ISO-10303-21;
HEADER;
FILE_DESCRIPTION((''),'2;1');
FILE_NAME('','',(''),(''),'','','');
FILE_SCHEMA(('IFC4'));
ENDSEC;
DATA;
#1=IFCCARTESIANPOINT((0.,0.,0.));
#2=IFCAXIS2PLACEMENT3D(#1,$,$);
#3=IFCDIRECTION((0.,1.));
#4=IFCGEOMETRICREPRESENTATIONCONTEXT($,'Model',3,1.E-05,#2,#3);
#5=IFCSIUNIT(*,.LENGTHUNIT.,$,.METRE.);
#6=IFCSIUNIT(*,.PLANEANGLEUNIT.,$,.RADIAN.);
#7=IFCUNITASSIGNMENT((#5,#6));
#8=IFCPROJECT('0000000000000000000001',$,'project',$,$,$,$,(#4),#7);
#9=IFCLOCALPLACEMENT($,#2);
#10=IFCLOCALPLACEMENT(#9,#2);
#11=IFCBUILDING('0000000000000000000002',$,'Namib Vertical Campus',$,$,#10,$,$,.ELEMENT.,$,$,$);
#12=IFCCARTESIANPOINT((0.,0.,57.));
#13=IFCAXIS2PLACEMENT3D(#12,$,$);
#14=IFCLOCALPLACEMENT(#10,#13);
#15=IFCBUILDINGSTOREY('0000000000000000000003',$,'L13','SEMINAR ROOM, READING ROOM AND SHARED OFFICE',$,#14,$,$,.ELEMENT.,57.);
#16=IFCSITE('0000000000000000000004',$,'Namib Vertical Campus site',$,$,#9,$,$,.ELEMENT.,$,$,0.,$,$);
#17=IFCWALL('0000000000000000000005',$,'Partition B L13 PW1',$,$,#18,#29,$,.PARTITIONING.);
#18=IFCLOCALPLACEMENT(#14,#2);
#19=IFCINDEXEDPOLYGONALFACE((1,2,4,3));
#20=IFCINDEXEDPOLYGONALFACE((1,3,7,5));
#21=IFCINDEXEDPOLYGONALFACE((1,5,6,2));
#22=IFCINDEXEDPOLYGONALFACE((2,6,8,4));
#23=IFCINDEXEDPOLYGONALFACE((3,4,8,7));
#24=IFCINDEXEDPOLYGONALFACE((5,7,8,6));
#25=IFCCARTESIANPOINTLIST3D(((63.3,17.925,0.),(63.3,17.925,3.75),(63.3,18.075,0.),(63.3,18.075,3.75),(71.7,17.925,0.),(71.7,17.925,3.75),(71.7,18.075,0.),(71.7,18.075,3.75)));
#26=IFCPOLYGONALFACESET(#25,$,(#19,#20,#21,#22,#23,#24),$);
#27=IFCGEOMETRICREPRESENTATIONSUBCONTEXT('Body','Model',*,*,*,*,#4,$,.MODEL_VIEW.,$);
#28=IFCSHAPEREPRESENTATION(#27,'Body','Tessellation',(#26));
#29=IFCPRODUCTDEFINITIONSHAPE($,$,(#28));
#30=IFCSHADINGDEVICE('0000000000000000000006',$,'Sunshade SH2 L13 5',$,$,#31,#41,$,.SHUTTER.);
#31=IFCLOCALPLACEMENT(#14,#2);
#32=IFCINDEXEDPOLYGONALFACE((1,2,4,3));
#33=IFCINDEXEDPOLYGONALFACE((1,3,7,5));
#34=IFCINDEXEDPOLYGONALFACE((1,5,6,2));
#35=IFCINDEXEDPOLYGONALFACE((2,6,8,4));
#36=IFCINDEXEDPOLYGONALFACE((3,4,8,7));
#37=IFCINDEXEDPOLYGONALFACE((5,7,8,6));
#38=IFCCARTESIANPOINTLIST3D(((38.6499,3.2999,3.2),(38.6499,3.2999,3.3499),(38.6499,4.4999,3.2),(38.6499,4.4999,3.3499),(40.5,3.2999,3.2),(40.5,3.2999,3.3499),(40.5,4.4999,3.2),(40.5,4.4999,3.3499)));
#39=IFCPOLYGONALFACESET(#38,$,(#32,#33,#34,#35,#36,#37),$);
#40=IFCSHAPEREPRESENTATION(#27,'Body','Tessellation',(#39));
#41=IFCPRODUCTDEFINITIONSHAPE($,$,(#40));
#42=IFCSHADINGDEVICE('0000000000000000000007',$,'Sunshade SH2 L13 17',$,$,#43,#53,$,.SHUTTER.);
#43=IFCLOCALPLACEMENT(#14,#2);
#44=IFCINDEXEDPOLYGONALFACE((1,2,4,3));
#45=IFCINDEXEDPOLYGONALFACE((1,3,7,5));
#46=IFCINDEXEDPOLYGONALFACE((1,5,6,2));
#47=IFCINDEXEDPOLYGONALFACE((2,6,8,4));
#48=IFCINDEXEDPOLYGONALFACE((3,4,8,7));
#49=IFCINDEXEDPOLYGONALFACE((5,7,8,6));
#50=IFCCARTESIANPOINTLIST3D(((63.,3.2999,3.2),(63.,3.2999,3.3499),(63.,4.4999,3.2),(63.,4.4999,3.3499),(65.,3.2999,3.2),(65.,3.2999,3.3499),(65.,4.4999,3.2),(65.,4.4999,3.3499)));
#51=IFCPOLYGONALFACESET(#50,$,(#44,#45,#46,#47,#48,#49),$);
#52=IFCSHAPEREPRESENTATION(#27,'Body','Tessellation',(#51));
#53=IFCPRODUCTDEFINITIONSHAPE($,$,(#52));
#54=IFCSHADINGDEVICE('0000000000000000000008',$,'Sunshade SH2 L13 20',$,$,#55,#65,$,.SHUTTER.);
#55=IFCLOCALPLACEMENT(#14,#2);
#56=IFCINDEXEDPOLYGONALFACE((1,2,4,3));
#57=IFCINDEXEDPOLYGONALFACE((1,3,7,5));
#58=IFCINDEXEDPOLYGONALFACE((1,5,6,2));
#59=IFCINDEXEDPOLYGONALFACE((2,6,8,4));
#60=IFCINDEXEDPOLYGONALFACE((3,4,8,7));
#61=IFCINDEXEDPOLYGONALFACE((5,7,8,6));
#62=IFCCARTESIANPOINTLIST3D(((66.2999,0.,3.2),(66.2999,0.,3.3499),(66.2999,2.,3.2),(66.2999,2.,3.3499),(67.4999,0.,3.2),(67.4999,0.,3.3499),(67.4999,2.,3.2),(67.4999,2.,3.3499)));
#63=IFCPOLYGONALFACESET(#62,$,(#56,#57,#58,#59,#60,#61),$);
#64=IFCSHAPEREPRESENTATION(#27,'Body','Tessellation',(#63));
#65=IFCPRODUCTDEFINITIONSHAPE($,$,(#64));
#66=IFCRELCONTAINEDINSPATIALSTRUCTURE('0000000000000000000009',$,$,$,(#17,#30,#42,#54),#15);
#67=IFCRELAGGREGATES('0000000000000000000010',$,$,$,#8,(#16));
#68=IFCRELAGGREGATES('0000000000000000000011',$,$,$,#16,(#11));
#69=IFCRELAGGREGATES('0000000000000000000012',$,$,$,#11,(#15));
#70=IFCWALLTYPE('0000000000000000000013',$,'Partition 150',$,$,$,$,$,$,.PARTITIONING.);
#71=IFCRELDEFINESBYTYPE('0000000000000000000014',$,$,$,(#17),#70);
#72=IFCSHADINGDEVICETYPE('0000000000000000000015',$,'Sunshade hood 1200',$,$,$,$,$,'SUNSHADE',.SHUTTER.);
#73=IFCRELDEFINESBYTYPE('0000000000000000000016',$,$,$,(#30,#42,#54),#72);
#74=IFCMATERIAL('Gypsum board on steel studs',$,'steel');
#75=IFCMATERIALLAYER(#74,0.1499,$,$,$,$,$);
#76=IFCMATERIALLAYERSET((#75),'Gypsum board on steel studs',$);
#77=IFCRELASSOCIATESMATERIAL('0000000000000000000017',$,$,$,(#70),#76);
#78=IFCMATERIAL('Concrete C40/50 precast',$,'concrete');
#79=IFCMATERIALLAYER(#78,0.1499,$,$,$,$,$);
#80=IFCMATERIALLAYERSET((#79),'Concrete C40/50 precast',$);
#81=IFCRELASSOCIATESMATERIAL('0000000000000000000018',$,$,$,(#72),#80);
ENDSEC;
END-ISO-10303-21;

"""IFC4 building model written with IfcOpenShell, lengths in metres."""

from ifc_helpers import new_model, si_unit, direction, frame, frame_2d, origin, origin_2d, place, context, subcontext, project, spatial, rectangle, extrude, material, layer, layer_set, type_object, element, save


model = new_model("IFC4")

# Units and contexts
model_context = context("Model", 3, precision=1e-05, world=origin(), true_north=direction((0.0, 1.0)))
body_context = subcontext(model_context, "Body", "Model", "MODEL_VIEW")
ifc_project = project(units=[si_unit("LENGTHUNIT", "METRE"), si_unit("PLANEANGLEUNIT", "RADIAN")], contexts=[model_context])

# Site, building, storey
site_placement = place(None, origin())
site = spatial("IfcSite", under=ifc_project, at=site_placement, Name="Namib Vertical Campus site", CompositionType="ELEMENT", RefElevation=0.0)
building_placement = place(site_placement, origin())
building = spatial("IfcBuilding", under=site, at=building_placement, Name="Namib Vertical Campus", CompositionType="ELEMENT")
storey_placement = place(building_placement, frame((0.0, 0.0, 57.0)))
storey = spatial("IfcBuildingStorey", under=building, at=storey_placement, Name="L13", Description="SEMINAR ROOM, READING ROOM AND SHARED OFFICE", CompositionType="ELEMENT", Elevation=57.0)

# Wall
ifc_material_1 = material(Name="Gypsum board on steel studs", Category="steel")
ifc_layer_1 = layer(ifc_material_1, 0.1499)
ifc_layer_set_1 = layer_set([ifc_layer_1], Name="Gypsum board on steel studs")
wall_type_1 = type_object("IfcWallType", Name="Partition 150", PredefinedType="PARTITIONING", material=ifc_layer_set_1)
wall_1_placement = place(storey_placement, frame((63.3, 18.0, 0.0), z_axis=(0.0, 0.0, 1.0), x_axis=(1.0, 0.0, 0.0)))
element("IfcWall", 1, at=wall_1_placement, inside=storey, type_object=wall_type_1, Name="Partition B L13 PW1", PredefinedType="PARTITIONING", context=body_context, shape_type="SweptSolid", body=[
    extrude(rectangle(XDim=8.3999, YDim=0.1499, at=frame_2d((4.2, 0.0))), origin(), (0.0, 0.0, 1.0), 3.75),
])

# Shading devices
ifc_material_2 = material(Name="Concrete C40/50 precast", Category="concrete")
ifc_layer_2 = layer(ifc_material_2, 0.1499)
ifc_layer_set_2 = layer_set([ifc_layer_2], Name="Concrete C40/50 precast")
shading_device_type = type_object("IfcShadingDeviceType", Name="Sunshade hood 1200", ElementType="SUNSHADE", PredefinedType="SHUTTER", material=ifc_layer_set_2)
shading_device_placement = place(storey_placement, frame((39.575, 3.8999, 3.2), z_axis=(0.0, 0.0, 1.0), x_axis=(1.0, 0.0, 0.0)))
element("IfcShadingDevice", 2, at=shading_device_placement, inside=storey, type_object=shading_device_type, Name="Sunshade SH2 L13 5", PredefinedType="SHUTTER", context=body_context, shape_type="SweptSolid", body=[
    extrude(rectangle(XDim=1.8501, YDim=1.2, at=origin_2d()), origin(), (0.0, 0.0, 1.0), 0.1499),
])
for number, where, z_axis, x_axis, name in (
    (3, (64.0, 3.8999, 3.2), (0.0, 0.0, 1.0), (1.0, 0.0, 0.0), "Sunshade SH2 L13 17"),
    (4, (66.8999, 1.0, 3.2), (0.0, 0.0, 1.0), (0.0, -1.0, 0.0), "Sunshade SH2 L13 20"),
):
    element("IfcShadingDevice", number, at=place(storey_placement, frame(where, z_axis=z_axis, x_axis=x_axis)), inside=storey, type_object=shading_device_type, Name=name, PredefinedType="SHUTTER", context=body_context, shape_type="SweptSolid", body=[
        extrude(rectangle(XDim=2.0, YDim=1.2, at=origin_2d()), origin(), (0.0, 0.0, 1.0), 0.1499),
    ])

save(model, "model.ifc")
